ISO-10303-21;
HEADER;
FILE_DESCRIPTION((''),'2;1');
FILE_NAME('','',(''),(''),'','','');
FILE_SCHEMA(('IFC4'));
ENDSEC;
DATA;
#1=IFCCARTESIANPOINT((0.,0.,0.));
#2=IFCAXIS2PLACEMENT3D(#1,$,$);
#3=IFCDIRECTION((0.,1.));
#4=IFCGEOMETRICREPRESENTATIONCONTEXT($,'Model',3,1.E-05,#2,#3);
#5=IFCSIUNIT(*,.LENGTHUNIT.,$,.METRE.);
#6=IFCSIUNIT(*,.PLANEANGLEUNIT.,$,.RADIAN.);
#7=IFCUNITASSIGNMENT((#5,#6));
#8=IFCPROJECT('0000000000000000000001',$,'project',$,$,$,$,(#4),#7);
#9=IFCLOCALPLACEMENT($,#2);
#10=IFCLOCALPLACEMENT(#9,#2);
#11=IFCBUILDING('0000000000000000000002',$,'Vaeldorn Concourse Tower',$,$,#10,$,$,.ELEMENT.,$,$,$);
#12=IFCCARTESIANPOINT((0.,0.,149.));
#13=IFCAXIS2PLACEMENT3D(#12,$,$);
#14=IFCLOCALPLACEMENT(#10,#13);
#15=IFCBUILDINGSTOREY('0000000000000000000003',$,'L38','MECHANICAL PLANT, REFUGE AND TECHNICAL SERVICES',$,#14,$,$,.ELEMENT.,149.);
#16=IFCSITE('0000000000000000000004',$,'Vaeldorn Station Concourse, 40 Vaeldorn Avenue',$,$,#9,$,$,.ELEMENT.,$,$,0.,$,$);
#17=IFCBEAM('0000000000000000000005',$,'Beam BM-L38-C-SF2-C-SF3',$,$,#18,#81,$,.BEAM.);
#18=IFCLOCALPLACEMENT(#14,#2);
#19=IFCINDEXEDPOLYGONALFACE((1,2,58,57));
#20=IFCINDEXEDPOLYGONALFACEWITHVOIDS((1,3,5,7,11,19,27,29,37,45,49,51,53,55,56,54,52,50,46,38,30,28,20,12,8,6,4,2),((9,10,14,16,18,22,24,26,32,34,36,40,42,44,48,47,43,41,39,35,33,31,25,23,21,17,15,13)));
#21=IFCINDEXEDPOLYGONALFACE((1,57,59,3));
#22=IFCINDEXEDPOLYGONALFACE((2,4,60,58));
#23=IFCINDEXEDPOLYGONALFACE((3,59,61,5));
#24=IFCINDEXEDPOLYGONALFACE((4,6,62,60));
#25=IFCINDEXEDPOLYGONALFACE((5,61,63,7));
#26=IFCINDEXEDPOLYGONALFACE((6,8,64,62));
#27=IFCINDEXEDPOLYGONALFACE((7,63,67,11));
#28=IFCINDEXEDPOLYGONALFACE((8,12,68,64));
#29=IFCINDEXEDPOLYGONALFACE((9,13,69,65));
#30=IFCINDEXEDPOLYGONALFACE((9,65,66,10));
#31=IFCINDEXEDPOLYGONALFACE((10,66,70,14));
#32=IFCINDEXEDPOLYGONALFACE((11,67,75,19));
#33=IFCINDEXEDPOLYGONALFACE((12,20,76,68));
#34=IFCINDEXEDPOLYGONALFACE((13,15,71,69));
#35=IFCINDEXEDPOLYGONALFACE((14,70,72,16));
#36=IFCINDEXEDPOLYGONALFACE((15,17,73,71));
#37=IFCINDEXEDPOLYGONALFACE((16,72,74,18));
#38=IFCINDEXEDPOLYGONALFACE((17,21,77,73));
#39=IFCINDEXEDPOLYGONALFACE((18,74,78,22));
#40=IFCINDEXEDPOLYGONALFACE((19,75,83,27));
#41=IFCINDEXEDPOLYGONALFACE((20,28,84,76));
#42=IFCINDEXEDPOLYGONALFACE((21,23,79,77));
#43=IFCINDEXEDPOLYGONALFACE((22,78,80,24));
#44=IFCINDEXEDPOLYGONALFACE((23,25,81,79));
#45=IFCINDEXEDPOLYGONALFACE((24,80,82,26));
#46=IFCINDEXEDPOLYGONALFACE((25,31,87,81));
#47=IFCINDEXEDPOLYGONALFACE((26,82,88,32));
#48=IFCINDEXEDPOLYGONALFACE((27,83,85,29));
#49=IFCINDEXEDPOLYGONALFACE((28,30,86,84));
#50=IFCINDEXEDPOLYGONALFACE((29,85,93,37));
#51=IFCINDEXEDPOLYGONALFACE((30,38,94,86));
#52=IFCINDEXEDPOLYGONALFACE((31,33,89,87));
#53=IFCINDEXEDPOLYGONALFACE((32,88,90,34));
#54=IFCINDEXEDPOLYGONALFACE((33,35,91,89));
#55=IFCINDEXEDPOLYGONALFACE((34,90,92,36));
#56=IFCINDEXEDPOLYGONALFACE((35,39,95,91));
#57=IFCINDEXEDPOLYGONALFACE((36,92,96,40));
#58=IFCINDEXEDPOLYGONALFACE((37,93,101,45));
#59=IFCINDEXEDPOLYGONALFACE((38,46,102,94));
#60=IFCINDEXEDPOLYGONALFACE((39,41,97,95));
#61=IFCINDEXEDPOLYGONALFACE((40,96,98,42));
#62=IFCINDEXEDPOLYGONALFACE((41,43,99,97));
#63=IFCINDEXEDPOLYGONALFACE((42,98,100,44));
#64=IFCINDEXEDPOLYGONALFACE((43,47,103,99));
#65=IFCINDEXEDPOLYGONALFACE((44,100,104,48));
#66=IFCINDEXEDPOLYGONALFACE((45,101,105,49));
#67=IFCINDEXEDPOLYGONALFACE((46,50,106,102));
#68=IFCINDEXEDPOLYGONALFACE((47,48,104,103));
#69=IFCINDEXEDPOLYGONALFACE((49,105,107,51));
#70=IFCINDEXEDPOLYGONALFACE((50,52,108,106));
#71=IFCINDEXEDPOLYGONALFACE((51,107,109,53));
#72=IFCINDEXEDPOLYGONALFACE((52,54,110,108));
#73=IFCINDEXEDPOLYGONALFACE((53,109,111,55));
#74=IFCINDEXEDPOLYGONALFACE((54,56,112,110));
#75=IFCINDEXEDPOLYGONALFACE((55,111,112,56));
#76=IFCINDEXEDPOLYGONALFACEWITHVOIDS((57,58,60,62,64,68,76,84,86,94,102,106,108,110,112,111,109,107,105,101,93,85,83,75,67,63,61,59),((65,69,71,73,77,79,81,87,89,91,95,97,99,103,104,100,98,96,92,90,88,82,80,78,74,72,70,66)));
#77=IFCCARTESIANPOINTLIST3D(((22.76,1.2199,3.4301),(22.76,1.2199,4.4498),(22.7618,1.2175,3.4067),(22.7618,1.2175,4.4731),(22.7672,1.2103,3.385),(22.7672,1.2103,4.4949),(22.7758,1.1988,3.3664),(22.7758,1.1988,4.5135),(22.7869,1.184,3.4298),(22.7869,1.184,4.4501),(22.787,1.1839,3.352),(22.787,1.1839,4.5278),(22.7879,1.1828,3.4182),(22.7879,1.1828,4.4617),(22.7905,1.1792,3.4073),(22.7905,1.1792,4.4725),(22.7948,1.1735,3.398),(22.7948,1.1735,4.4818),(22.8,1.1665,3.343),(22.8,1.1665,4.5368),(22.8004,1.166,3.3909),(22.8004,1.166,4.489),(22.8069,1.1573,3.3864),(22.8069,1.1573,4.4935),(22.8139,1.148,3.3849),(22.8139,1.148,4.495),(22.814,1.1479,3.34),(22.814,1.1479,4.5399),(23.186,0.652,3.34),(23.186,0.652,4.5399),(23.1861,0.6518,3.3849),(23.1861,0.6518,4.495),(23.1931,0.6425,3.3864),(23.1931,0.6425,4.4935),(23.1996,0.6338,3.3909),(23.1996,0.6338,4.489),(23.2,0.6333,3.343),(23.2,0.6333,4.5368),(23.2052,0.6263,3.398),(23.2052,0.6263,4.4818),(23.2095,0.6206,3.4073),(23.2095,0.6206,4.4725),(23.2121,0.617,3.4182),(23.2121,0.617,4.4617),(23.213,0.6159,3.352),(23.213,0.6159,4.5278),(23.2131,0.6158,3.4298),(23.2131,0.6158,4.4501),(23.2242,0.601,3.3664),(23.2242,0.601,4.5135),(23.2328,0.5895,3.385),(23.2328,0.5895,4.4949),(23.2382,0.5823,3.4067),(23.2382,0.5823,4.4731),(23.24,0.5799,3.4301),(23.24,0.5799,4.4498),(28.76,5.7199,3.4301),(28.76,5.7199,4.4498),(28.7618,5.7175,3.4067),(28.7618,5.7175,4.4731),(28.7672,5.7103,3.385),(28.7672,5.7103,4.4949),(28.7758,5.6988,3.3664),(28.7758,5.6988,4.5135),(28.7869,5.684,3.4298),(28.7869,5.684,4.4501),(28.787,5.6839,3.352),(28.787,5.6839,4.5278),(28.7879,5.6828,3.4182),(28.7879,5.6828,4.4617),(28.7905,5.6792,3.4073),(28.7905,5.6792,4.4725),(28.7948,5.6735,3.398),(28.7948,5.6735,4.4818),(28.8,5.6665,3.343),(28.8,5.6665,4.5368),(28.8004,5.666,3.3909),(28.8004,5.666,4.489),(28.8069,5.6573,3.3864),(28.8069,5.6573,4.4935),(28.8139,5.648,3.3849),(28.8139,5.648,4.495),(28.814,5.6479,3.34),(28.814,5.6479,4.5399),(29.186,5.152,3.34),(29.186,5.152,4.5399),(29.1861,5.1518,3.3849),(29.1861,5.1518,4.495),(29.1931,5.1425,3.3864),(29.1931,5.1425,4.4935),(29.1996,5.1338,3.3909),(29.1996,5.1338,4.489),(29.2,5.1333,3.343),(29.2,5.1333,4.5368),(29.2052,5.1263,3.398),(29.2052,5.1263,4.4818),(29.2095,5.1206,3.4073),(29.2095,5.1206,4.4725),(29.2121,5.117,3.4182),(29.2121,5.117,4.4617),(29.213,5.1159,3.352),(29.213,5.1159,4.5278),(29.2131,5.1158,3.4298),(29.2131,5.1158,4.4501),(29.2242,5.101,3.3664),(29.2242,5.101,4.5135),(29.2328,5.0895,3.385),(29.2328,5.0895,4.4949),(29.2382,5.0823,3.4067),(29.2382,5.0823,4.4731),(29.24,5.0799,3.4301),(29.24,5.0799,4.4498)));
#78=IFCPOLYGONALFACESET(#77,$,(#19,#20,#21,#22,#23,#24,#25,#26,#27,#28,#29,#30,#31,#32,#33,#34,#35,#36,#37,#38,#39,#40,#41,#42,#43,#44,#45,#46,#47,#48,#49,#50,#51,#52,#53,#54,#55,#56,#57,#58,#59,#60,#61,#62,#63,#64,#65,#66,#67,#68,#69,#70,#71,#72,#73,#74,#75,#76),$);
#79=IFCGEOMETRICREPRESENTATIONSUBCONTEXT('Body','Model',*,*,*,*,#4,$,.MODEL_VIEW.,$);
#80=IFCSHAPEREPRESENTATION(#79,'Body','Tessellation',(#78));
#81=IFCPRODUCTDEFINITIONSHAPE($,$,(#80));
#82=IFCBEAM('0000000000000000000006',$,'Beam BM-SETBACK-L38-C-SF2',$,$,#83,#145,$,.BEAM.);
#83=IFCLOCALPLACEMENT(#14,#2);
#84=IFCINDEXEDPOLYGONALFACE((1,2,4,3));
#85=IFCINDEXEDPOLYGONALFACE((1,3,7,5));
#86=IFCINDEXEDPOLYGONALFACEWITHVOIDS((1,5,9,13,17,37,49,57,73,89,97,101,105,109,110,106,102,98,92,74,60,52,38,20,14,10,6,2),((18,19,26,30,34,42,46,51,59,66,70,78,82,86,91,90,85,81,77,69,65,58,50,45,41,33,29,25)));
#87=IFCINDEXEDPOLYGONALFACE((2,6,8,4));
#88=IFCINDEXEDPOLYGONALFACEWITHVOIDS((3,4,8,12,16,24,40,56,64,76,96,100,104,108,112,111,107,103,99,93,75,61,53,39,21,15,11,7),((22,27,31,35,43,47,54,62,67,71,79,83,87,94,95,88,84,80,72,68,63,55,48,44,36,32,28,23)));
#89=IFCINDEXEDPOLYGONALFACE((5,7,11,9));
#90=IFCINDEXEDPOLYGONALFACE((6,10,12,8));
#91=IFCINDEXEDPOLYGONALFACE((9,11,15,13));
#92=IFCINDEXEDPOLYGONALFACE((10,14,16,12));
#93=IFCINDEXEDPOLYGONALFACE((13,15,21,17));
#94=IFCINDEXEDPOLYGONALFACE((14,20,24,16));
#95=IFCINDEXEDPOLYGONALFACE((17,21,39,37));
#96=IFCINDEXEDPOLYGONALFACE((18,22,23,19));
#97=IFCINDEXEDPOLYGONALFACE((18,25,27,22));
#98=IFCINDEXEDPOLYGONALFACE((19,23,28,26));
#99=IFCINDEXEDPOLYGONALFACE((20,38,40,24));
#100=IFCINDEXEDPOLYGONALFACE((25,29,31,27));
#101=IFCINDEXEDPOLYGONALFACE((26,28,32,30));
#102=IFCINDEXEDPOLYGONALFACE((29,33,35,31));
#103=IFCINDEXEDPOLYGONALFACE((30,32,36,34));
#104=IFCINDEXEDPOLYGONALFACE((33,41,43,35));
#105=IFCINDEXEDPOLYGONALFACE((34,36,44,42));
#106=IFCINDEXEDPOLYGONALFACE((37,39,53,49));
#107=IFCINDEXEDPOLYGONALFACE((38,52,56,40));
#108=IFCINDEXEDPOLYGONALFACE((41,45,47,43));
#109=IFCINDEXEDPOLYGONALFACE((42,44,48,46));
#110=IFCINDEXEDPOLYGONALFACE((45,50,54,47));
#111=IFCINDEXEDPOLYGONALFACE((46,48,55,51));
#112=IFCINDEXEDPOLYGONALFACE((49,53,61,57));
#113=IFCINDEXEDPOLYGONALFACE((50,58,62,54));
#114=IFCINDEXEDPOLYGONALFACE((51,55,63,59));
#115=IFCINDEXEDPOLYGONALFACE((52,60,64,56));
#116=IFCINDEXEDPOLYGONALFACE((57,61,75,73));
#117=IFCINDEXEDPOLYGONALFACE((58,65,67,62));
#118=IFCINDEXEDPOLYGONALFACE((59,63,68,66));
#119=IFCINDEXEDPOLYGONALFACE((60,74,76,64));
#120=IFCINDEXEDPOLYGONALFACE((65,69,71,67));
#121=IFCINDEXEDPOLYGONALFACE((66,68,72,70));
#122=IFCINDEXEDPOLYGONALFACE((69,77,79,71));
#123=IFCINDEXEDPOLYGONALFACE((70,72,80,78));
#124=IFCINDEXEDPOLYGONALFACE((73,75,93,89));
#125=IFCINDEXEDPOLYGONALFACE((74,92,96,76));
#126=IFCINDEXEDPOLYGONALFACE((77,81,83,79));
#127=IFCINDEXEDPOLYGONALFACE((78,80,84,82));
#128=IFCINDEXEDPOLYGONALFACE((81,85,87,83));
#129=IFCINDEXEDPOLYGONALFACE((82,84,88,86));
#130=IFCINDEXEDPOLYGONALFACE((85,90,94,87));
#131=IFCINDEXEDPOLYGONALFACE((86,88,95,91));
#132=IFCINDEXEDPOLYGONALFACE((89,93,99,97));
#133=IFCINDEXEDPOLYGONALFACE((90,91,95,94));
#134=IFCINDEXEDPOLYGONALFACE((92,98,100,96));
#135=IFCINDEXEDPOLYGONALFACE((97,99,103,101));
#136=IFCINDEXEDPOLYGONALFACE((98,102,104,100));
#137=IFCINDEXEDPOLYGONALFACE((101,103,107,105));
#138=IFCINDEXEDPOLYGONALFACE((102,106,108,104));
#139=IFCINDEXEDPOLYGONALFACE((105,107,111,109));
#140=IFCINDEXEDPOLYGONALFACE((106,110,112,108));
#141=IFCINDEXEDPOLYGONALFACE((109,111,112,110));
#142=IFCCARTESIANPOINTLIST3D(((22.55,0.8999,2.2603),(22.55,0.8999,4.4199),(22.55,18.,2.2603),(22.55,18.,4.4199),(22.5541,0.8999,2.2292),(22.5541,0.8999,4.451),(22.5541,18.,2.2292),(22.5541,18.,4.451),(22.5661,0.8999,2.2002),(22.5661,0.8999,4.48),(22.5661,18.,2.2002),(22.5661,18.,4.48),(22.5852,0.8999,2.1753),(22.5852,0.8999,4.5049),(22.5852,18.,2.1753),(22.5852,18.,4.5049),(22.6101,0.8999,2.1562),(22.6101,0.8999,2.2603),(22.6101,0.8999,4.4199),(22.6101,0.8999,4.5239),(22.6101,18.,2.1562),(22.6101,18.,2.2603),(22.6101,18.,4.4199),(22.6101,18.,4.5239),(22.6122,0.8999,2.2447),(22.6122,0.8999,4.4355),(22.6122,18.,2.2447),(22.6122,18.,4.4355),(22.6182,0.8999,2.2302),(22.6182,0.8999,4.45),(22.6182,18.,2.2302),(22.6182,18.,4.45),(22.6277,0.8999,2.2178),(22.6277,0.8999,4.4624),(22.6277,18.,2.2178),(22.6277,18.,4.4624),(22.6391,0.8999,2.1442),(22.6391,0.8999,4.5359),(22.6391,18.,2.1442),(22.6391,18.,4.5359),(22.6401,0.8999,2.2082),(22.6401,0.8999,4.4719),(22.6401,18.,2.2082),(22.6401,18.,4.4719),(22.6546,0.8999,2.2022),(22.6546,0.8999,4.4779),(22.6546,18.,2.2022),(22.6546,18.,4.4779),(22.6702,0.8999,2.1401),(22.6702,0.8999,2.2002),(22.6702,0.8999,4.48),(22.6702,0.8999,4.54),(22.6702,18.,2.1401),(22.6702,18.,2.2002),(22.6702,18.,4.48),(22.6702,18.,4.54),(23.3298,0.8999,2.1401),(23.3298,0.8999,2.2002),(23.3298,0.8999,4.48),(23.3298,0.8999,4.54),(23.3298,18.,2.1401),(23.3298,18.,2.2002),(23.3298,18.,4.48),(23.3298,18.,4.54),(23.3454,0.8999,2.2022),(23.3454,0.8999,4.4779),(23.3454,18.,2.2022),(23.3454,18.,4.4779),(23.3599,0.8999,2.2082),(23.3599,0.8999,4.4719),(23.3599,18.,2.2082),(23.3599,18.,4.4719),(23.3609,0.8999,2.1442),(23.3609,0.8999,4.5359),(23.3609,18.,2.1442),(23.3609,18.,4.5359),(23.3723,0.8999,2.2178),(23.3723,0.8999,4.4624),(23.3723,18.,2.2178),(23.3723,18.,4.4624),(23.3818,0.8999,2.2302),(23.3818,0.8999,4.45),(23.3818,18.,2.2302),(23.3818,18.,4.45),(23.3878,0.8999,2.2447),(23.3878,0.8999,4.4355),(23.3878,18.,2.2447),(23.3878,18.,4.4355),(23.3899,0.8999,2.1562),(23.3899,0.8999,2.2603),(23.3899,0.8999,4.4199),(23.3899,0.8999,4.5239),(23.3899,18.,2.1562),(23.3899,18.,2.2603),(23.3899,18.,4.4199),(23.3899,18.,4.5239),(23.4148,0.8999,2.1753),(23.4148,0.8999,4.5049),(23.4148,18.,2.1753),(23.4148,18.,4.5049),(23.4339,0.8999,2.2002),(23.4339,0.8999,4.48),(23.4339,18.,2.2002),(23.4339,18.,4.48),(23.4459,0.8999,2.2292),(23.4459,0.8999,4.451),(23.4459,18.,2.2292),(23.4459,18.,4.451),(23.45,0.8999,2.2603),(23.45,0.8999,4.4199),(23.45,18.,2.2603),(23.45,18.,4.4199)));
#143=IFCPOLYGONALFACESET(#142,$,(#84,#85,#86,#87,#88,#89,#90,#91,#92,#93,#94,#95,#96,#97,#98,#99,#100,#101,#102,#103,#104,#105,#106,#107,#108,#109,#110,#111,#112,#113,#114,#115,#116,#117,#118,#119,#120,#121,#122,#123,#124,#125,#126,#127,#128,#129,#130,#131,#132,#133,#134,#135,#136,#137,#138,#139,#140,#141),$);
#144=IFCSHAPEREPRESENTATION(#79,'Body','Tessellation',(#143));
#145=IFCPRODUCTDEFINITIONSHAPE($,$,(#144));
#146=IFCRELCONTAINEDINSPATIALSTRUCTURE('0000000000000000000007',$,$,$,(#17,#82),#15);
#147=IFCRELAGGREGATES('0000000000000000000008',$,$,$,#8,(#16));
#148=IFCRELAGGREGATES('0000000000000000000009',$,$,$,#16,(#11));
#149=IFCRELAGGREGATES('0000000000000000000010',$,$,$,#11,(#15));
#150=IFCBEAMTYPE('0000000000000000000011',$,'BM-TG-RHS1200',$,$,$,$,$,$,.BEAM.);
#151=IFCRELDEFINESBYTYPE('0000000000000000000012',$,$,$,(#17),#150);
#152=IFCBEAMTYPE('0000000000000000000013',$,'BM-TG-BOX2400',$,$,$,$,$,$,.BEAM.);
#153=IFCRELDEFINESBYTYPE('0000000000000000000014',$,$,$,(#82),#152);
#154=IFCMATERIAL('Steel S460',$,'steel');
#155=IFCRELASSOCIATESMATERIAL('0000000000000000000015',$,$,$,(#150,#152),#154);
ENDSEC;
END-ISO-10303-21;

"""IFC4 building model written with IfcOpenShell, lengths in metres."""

from ifc_helpers import new_model, si_unit, direction, frame, origin, origin_2d, place, context, subcontext, project, spatial, hollow_rectangle, extrude, source, transform, mapped, material, material_profile, profile_set, type_object, element, save


model = new_model("IFC4")

# Units and contexts
model_context = context("Model", 3, precision=1e-05, world=origin(), true_north=direction((0.0, 1.0)))
body_context = subcontext(model_context, "Body", "Model", "MODEL_VIEW")
ifc_project = project(units=[si_unit("LENGTHUNIT", "METRE"), si_unit("PLANEANGLEUNIT", "RADIAN")], contexts=[model_context])

# Site, building, storey
site_placement = place(None, origin())
site = spatial("IfcSite", under=ifc_project, at=site_placement, Name="Vaeldorn Station Concourse, 40 Vaeldorn Avenue", CompositionType="ELEMENT", RefElevation=0.0)
building_placement = place(site_placement, origin())
building = spatial("IfcBuilding", under=site, at=building_placement, Name="Vaeldorn Concourse Tower", CompositionType="ELEMENT")
storey_placement = place(building_placement, frame((0.0, 0.0, 149.0)))
storey = spatial("IfcBuildingStorey", under=building, at=storey_placement, Name="L38", Description="MECHANICAL PLANT, REFUGE AND TECHNICAL SERVICES", CompositionType="ELEMENT", Elevation=149.0)

# Shared definitions
ifc_material_1 = material(Name="Steel S460", Category="steel")

# Beams
ifc_material_profile_1 = material_profile(ifc_material_1, hollow_rectangle(XDim=0.8, YDim=1.2, WallThickness=0.0449, InnerFilletRadius=0.0449, OuterFilletRadius=0.0901, at=origin_2d()), Name="RHS 1200x800x45")
ifc_profile_set_1 = profile_set([ifc_material_profile_1], Name="Steel S460")
beam_type_1 = type_object("IfcBeamType", Name="BM-TG-RHS1200", PredefinedType="BEAM", material=ifc_profile_set_1)
shared_shape_1 = source(origin(), body_context, "Body", "SweptSolid", [
    extrude(hollow_rectangle(XDim=0.8, YDim=1.2, WallThickness=0.0449, InnerFilletRadius=0.0449, OuterFilletRadius=0.0901, at=origin_2d()), origin(), (0.0, 0.0, 1.0), 7.5),
])
beam_1_placement = place(storey_placement, frame((23.0, 0.8999, 3.9399), z_axis=(0.8, 0.6, 0.0), x_axis=(-0.6, 0.8, 0.0)))
element("IfcBeam", 1, at=beam_1_placement, inside=storey, type_object=beam_type_1, Name="Beam BM-L38-C-SF2-C-SF3", PredefinedType="BEAM", context=body_context, shape_type="MappedRepresentation", body=[
    mapped(shared_shape_1, transform((0.0, 0.0, 0.0), scale=1.0)),
])
ifc_material_profile_2 = material_profile(ifc_material_1, hollow_rectangle(XDim=0.8999, YDim=2.3999, WallThickness=0.0601, InnerFilletRadius=0.0601, OuterFilletRadius=0.1201, at=origin_2d()), Name="RHS 2400x900x60")
ifc_profile_set_2 = profile_set([ifc_material_profile_2], Name="Steel S460")
beam_type_2 = type_object("IfcBeamType", Name="BM-TG-BOX2400", PredefinedType="BEAM", material=ifc_profile_set_2)
shared_shape_2 = source(origin(), body_context, "Body", "SweptSolid", [
    extrude(hollow_rectangle(XDim=0.8999, YDim=2.3999, WallThickness=0.0601, InnerFilletRadius=0.0601, OuterFilletRadius=0.1201, at=origin_2d()), origin(), (0.0, 0.0, 1.0), 17.1001),
])
beam_2_placement = place(storey_placement, frame((23.0, 0.8999, 3.3401), z_axis=(0.0, 1.0, 0.0), x_axis=(-1.0, 0.0, 0.0)))
element("IfcBeam", 2, at=beam_2_placement, inside=storey, type_object=beam_type_2, Name="Beam BM-SETBACK-L38-C-SF2", PredefinedType="BEAM", context=body_context, shape_type="MappedRepresentation", body=[
    mapped(shared_shape_2, transform((0.0, 0.0, 0.0), scale=1.0)),
])

save(model, "model.ifc")
